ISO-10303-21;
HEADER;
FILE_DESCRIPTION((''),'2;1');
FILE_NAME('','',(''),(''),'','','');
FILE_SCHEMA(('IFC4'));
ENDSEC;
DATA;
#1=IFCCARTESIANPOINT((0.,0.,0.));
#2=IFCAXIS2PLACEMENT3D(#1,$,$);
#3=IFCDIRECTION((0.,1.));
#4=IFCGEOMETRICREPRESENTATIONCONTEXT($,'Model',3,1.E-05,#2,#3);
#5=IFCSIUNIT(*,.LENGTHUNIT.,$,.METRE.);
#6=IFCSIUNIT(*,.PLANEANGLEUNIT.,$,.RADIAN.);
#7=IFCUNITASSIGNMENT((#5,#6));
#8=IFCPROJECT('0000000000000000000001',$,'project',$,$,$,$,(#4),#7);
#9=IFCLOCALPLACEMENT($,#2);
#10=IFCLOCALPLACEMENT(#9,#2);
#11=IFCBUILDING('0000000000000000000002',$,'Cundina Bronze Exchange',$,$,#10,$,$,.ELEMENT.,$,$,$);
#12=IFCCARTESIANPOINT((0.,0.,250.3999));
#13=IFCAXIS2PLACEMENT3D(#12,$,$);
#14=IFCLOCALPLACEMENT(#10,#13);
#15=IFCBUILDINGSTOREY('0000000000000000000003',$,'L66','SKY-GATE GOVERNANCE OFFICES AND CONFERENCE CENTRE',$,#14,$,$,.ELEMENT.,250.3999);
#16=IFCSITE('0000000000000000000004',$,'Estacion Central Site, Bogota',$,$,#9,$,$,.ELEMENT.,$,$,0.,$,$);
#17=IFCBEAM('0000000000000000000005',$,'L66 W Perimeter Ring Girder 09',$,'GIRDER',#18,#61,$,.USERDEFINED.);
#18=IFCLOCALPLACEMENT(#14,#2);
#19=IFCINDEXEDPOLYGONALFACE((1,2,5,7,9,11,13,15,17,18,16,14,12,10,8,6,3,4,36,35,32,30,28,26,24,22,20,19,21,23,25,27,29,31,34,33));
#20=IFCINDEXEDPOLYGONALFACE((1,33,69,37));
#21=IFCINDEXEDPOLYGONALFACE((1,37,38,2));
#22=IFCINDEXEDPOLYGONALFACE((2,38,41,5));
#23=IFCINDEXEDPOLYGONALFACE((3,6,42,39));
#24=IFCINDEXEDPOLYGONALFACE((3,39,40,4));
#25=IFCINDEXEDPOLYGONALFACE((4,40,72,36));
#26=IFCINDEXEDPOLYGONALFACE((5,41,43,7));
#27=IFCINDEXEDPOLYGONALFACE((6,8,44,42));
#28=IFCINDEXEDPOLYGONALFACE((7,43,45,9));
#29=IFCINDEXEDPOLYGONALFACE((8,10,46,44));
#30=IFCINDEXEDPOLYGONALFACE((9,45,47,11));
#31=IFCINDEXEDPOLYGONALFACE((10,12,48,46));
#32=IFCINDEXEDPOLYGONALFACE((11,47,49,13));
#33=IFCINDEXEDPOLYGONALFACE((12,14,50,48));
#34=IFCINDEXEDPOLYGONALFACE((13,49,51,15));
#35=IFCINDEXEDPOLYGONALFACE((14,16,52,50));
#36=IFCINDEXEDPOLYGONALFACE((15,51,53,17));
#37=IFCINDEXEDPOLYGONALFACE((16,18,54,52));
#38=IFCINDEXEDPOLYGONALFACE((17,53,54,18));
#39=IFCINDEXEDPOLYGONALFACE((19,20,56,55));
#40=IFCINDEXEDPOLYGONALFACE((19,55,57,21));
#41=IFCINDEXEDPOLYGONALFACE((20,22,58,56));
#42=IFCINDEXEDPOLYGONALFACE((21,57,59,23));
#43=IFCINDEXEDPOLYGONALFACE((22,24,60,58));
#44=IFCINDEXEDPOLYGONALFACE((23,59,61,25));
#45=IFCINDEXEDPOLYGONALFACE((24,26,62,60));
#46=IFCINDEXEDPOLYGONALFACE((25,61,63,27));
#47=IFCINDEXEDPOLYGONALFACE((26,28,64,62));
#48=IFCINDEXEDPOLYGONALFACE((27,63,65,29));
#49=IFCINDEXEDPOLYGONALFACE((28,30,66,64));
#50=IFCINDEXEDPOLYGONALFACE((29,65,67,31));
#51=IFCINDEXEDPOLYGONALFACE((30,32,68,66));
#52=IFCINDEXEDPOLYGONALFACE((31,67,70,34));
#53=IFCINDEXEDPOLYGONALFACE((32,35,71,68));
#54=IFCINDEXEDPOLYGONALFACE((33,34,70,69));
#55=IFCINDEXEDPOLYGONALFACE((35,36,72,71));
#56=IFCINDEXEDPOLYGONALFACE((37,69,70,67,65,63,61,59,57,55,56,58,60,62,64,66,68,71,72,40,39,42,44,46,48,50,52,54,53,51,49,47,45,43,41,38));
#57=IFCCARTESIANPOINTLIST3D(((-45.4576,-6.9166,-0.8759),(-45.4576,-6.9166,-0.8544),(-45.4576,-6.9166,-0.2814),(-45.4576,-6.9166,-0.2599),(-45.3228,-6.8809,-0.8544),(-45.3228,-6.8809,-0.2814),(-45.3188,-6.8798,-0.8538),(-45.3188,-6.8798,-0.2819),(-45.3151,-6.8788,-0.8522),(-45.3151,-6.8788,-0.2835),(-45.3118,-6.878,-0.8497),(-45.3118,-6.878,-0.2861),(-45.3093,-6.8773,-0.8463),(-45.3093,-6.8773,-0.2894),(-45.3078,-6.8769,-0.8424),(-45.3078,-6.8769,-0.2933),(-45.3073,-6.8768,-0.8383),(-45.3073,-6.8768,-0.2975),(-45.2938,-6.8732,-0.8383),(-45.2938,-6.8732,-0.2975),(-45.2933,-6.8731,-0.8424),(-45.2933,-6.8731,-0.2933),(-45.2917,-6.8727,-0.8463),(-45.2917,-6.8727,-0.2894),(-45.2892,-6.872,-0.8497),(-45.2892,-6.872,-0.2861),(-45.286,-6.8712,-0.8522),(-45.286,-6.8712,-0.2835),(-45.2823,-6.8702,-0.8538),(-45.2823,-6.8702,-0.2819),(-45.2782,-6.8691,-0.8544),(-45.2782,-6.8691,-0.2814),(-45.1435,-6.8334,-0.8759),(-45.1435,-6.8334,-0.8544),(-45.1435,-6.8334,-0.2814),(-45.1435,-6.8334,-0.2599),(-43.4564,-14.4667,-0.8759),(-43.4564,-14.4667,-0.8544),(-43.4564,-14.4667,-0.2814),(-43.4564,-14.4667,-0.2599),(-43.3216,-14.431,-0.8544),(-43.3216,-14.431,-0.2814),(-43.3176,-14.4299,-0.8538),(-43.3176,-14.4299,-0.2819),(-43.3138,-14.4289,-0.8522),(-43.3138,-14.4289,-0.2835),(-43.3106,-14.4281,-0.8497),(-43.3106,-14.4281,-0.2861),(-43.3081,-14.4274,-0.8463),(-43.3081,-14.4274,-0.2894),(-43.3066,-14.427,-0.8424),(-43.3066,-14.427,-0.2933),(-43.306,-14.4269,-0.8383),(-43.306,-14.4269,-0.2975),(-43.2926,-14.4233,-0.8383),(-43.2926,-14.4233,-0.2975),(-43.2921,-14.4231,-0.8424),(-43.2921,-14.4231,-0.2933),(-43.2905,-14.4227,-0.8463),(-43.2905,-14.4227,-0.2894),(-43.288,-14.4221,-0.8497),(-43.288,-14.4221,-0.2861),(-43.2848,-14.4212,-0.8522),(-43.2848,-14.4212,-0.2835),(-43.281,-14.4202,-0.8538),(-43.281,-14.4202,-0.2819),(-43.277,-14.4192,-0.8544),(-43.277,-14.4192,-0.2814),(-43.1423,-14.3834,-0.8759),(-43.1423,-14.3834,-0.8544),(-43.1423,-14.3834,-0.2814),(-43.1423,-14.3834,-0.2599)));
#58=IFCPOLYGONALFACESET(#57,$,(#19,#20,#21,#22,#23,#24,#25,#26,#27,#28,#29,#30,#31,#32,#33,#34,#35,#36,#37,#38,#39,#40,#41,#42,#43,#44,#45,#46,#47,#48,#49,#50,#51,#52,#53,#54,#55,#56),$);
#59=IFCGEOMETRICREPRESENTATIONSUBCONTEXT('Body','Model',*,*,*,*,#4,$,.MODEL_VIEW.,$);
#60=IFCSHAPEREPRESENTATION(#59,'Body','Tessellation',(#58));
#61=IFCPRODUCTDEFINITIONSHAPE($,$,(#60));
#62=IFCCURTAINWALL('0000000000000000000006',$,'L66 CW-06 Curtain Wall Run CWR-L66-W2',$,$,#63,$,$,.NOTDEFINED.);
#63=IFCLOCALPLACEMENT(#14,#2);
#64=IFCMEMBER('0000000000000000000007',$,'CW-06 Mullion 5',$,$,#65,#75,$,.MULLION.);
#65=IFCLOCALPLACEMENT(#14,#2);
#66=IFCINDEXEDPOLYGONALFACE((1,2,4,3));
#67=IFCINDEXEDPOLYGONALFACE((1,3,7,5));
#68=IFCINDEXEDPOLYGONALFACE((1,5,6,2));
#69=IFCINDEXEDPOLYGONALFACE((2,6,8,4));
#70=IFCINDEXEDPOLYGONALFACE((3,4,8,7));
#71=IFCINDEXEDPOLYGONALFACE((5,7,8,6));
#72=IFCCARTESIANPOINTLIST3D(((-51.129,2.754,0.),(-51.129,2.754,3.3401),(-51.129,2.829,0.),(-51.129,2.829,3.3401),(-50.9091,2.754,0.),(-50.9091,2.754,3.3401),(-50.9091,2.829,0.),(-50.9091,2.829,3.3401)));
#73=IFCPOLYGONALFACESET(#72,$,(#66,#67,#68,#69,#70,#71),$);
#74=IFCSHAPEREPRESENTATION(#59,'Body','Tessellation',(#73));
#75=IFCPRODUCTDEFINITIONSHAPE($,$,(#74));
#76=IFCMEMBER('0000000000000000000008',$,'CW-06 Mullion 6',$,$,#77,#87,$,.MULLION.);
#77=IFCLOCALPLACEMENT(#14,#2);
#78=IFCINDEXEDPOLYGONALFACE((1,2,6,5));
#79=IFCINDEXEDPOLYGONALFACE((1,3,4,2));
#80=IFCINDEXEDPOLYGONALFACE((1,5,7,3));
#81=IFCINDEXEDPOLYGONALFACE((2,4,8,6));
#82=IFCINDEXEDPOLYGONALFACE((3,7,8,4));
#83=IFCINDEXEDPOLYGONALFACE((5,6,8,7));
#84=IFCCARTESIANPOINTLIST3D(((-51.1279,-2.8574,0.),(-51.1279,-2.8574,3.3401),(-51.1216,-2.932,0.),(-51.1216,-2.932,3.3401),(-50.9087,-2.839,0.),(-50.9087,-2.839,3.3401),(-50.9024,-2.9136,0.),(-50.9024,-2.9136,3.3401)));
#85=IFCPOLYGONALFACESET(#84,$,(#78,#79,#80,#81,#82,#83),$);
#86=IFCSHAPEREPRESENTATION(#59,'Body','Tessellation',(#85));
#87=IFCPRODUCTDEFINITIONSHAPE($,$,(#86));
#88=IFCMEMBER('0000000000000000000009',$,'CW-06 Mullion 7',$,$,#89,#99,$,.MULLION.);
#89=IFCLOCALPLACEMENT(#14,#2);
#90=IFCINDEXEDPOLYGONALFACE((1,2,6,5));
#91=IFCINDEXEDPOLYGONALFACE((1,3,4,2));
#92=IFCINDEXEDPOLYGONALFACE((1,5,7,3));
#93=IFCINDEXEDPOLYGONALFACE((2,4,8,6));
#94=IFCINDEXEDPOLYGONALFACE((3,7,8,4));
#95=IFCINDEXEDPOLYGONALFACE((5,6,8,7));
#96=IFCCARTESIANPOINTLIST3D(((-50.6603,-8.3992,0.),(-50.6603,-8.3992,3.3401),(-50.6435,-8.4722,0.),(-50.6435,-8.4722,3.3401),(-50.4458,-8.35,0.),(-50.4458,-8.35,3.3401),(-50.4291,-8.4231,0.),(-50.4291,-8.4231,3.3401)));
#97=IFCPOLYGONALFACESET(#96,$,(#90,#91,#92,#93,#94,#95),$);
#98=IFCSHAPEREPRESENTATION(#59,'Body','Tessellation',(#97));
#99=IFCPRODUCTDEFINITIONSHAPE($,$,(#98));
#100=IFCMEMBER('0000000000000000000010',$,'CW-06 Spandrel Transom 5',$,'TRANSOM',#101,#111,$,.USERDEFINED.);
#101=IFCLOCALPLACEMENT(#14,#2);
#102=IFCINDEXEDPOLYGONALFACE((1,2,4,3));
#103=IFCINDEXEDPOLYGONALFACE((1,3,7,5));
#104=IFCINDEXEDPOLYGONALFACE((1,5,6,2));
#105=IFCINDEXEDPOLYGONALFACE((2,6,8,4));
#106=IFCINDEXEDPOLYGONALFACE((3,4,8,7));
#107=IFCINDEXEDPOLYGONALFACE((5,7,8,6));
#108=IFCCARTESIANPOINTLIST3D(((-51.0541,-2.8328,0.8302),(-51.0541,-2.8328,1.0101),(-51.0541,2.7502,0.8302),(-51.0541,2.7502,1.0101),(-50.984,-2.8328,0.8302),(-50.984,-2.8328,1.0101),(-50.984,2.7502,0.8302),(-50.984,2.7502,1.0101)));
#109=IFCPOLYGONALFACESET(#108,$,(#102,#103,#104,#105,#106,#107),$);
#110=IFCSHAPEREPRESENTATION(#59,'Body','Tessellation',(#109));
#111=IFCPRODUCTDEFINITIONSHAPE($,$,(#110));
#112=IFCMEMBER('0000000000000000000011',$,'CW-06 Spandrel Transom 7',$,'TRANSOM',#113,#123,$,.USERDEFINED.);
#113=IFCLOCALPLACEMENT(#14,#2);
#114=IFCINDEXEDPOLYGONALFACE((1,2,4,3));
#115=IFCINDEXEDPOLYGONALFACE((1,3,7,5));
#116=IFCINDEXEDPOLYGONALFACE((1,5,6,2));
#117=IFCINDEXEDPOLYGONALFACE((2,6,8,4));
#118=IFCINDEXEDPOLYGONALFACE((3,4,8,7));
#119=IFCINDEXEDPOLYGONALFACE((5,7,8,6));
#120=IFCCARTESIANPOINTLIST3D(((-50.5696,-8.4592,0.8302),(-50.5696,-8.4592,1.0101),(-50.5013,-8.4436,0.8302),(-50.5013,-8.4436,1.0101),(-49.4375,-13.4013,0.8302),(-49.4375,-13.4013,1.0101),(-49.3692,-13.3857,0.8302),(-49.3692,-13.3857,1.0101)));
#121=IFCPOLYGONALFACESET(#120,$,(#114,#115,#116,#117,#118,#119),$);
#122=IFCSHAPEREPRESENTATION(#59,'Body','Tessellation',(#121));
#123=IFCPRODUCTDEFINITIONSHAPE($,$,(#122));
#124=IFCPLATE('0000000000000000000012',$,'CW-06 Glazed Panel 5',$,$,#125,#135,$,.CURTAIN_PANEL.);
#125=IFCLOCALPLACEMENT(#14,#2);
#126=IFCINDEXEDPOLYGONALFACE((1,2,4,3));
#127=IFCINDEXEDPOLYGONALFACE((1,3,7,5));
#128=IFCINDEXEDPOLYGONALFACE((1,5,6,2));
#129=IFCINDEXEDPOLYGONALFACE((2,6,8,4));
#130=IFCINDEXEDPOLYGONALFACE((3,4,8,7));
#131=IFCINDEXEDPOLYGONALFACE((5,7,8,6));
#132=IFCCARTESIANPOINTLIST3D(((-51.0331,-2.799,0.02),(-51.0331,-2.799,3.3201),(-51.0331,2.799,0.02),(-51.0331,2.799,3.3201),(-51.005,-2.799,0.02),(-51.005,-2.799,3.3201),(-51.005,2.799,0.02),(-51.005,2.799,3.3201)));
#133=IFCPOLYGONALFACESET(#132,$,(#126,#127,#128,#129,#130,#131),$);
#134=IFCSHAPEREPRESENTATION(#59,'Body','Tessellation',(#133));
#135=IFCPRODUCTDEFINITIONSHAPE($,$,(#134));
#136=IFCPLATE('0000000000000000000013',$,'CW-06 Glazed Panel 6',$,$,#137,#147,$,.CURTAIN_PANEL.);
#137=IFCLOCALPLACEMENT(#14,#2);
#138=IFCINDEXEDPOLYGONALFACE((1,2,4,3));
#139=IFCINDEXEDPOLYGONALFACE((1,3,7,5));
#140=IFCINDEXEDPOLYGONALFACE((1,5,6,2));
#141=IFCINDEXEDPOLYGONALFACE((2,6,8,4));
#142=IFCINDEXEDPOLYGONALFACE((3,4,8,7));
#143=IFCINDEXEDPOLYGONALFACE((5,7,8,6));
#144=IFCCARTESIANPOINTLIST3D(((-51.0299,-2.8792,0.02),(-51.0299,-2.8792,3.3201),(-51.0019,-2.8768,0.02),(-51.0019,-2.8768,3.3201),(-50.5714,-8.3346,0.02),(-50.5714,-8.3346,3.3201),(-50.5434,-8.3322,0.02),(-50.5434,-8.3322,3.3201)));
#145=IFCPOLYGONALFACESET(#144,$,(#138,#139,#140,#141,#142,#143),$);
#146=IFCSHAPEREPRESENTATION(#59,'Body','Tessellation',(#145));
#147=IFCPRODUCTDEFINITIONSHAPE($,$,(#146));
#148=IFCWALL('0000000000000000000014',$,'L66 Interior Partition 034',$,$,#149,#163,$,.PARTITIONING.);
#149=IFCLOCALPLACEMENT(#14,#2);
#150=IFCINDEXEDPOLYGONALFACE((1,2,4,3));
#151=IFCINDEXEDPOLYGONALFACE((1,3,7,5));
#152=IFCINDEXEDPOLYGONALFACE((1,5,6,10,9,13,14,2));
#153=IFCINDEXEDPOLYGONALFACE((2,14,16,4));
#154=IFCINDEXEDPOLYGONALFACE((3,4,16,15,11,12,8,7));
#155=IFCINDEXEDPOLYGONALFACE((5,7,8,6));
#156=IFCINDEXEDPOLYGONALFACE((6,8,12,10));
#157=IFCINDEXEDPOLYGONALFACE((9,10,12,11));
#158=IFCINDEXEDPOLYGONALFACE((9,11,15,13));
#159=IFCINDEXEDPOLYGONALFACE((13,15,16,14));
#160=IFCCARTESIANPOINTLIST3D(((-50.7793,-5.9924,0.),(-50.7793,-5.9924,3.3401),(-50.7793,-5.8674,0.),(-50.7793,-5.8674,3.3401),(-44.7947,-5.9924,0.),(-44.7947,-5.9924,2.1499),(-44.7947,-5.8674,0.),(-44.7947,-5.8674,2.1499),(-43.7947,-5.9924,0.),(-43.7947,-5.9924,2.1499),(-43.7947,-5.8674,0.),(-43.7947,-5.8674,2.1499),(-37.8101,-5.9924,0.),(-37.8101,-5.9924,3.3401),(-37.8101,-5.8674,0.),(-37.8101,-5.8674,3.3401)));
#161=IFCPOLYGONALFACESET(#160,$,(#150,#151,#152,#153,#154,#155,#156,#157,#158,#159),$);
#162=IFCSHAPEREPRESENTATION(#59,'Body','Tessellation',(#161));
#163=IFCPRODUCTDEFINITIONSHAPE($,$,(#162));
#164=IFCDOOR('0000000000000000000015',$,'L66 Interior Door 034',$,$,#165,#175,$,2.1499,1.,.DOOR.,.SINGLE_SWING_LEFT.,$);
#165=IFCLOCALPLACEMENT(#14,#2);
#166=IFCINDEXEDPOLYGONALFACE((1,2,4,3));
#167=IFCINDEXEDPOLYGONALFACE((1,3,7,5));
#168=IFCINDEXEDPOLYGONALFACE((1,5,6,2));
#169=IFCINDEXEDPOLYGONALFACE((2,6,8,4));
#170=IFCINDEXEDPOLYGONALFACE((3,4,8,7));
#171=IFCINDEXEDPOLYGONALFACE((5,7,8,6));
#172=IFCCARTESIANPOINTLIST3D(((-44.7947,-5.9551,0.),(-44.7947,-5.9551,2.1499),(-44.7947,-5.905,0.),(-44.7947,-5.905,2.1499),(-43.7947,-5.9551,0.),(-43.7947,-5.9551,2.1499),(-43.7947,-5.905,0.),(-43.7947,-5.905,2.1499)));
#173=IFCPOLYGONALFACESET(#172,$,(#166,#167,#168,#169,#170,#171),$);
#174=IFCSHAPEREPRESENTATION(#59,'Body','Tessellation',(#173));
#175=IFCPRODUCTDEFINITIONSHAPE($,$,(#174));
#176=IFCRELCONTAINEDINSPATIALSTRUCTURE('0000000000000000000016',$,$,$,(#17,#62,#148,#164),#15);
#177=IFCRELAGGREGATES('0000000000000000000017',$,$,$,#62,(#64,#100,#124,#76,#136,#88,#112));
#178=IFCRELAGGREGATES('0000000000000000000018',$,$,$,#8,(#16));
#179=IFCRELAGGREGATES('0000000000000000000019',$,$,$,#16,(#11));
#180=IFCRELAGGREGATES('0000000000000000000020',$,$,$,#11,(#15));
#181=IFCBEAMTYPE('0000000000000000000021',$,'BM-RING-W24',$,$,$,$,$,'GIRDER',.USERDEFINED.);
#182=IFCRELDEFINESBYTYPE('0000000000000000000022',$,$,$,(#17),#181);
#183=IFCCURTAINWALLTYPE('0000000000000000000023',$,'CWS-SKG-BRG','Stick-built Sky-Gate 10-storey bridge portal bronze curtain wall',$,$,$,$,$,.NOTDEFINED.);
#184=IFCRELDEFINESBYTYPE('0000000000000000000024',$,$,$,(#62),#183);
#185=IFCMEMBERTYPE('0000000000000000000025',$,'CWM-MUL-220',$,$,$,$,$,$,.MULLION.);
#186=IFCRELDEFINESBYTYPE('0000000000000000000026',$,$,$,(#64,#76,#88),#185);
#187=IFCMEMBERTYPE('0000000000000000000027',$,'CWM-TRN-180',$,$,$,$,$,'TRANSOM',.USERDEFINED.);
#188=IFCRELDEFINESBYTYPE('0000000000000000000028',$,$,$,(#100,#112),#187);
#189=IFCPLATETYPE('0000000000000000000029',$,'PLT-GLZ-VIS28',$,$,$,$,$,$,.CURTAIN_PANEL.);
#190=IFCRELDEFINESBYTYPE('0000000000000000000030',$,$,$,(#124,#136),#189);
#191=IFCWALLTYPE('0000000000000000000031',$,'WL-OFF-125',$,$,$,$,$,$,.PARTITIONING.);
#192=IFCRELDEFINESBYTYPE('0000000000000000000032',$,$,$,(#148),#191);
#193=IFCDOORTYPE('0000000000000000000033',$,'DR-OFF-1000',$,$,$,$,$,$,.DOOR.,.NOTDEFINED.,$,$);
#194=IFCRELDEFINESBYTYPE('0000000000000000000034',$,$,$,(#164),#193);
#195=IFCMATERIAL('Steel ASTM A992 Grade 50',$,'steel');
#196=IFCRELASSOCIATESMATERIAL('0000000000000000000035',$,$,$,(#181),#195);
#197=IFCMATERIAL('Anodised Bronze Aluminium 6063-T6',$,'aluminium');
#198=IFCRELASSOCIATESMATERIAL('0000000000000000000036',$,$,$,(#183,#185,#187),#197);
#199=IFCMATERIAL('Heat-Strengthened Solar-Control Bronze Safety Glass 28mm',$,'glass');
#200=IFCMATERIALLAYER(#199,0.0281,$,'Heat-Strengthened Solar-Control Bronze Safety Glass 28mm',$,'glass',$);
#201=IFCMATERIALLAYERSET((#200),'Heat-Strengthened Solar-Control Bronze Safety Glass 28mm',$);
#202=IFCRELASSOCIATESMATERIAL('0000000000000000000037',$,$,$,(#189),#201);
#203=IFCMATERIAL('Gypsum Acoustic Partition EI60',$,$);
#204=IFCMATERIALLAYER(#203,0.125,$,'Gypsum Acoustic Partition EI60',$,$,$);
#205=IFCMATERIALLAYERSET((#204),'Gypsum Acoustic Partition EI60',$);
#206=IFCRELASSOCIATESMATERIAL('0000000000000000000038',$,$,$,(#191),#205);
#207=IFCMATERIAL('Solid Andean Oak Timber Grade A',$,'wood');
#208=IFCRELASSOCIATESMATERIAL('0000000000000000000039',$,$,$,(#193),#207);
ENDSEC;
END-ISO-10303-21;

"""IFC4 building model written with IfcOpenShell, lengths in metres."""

from ifc_helpers import new_model, si_unit, direction, frame, frame_2d, origin, origin_2d, place, context, subcontext, project, spatial, rectangle, i_section, extrude, material, layer, layer_set, material_profile, profile_set, type_object, element, fill, aggregate, save


model = new_model("IFC4")

# Units and contexts
model_context = context("Model", 3, precision=1e-05, world=origin(), true_north=direction((0.0, 1.0)))
body_context = subcontext(model_context, "Body", "Model", "MODEL_VIEW")
ifc_project = project(units=[si_unit("LENGTHUNIT", "METRE"), si_unit("PLANEANGLEUNIT", "RADIAN")], contexts=[model_context])

# Site, building, storey
site_placement = place(None, origin())
site = spatial("IfcSite", under=ifc_project, at=site_placement, Name="Estacion Central Site, Bogota", CompositionType="ELEMENT", RefElevation=0.0)
building_placement = place(site_placement, origin())
building = spatial("IfcBuilding", under=site, at=building_placement, Name="Cundina Bronze Exchange", CompositionType="ELEMENT")
storey_placement = place(building_placement, frame((0.0, 0.0, 250.3999)))
storey = spatial("IfcBuildingStorey", under=building, at=storey_placement, Name="L66", Description="SKY-GATE GOVERNANCE OFFICES AND CONFERENCE CENTRE", CompositionType="ELEMENT", Elevation=250.3999)

# Beam
ifc_material_1 = material(Name="Steel ASTM A992 Grade 50", Category="steel")
ifc_material_profile_1 = material_profile(ifc_material_1, i_section(OverallWidth=0.325, OverallDepth=0.616, WebThickness=0.0139, FlangeThickness=0.0215, FilletRadius=0.0161, at=origin_2d()), Name="W24X117", Category="steel")
ifc_profile_set_1 = profile_set([ifc_material_profile_1], Name="Steel ASTM A992 Grade 50")
beam_type_1 = type_object("IfcBeamType", Name="BM-RING-W24", ElementType="GIRDER", PredefinedType="USERDEFINED", material=ifc_profile_set_1)
for number, where, z_axis, x_axis, name in (
    (1, (-45.3005, -6.875, -0.5679), (0.256213, -0.96662, 0.0), (0.96662, 0.256213, 0.0), "L66 W Perimeter Ring Girder 09"),
):
    element("IfcBeam", number, at=place(storey_placement, frame(where, z_axis=z_axis, x_axis=x_axis)), inside=storey, type_object=beam_type_1, Name=name, ObjectType="GIRDER", PredefinedType="USERDEFINED", context=body_context, shape_type="SweptSolid", body=[
        extrude(i_section(OverallWidth=0.325, OverallDepth=0.616, WebThickness=0.0139, FlangeThickness=0.0215, FilletRadius=0.0161, at=origin_2d()), origin(), (0.0, 0.0, 1.0), 7.8108),
    ])

# Curtain wall, members, plates
ifc_material_2 = material(Name="Anodised Bronze Aluminium 6063-T6", Category="aluminium")
curtain_wall_type = type_object("IfcCurtainWallType", Name="CWS-SKG-BRG", Description="Stick-built Sky-Gate 10-storey bridge portal bronze curtain wall", PredefinedType="NOTDEFINED", material=ifc_material_2)
curtain_wall_placement = place(storey_placement, origin())
curtain_wall = element("IfcCurtainWall", 2, at=curtain_wall_placement, inside=storey, type_object=curtain_wall_type, Name="L66 CW-06 Curtain Wall Run CWR-L66-W2", PredefinedType="NOTDEFINED")
ifc_material_profile_2 = material_profile(ifc_material_2, rectangle(XDim=0.075, YDim=0.22, at=origin_2d()), Name="AL75X220", Category="aluminium")
ifc_profile_set_2 = profile_set([ifc_material_profile_2], Name="Anodised Bronze Aluminium 6063-T6")
member_type_1 = type_object("IfcMemberType", Name="CWM-MUL-220", PredefinedType="MULLION", material=ifc_profile_set_2)
member_1_placement = place(storey_placement, frame((-51.019, 2.7915, 0.0), z_axis=(0.0, 0.0, 1.0), x_axis=(0.0, -1.0, 0.0)))
member_1 = element("IfcMember", 3, at=member_1_placement, type_object=member_type_1, Name="CW-06 Mullion 5", PredefinedType="MULLION", context=body_context, shape_type="SweptSolid", body=[
    extrude(rectangle(XDim=0.075, YDim=0.22, at=origin_2d()), origin(), (0.0, 0.0, 1.0), 3.3401),
])
member_2_placement = place(storey_placement, frame((-51.0151, -2.8855, 0.0), z_axis=(0.0, 0.0, 1.0), x_axis=(0.083678, -0.996493, 0.0)))
member_2 = element("IfcMember", 4, at=member_2_placement, type_object=member_type_1, Name="CW-06 Mullion 6", PredefinedType="MULLION", context=body_context, shape_type="SweptSolid", body=[
    extrude(rectangle(XDim=0.075, YDim=0.22, at=origin_2d()), origin(), (0.0, 0.0, 1.0), 3.3401),
])
member_3_placement = place(storey_placement, frame((-50.5447, -8.4111, 0.0), z_axis=(0.0, 0.0, 1.0), x_axis=(0.22325, -0.974761, 0.0)))
member_3 = element("IfcMember", 5, at=member_3_placement, type_object=member_type_1, Name="CW-06 Mullion 7", PredefinedType="MULLION", context=body_context, shape_type="SweptSolid", body=[
    extrude(rectangle(XDim=0.075, YDim=0.22, at=origin_2d()), origin(), (0.0, 0.0, 1.0), 3.3401),
])
ifc_material_profile_3 = material_profile(ifc_material_2, rectangle(XDim=0.0701, YDim=0.1799, at=origin_2d()), Name="AL70X180", Category="aluminium")
ifc_profile_set_3 = profile_set([ifc_material_profile_3], Name="Anodised Bronze Aluminium 6063-T6")
member_type_2 = type_object("IfcMemberType", Name="CWM-TRN-180", ElementType="TRANSOM", PredefinedType="USERDEFINED", material=ifc_profile_set_3)
member_4_placement = place(storey_placement, frame((-51.019, 2.7502, 0.9202), z_axis=(0.0, -1.0, 0.0), x_axis=(1.0, 0.0, 0.0)))
member_4 = element("IfcMember", 6, at=member_4_placement, type_object=member_type_2, Name="CW-06 Spandrel Transom 5", ObjectType="TRANSOM", PredefinedType="USERDEFINED", context=body_context, shape_type="SweptSolid", body=[
    extrude(rectangle(XDim=0.0701, YDim=0.1799, at=origin_2d()), origin(), (0.0, 0.0, 1.0), 5.583),
])
member_5_placement = place(storey_placement, frame((-50.5354, -8.4514, 0.9202), z_axis=(0.223284, -0.974754, 0.0), x_axis=(0.974754, 0.223284, 0.0)))
member_5 = element("IfcMember", 7, at=member_5_placement, type_object=member_type_2, Name="CW-06 Spandrel Transom 7", ObjectType="TRANSOM", PredefinedType="USERDEFINED", context=body_context, shape_type="SweptSolid", body=[
    extrude(rectangle(XDim=0.0701, YDim=0.1799, at=origin_2d()), origin(), (0.0, 0.0, 1.0), 5.0701),
])
ifc_material_3 = material(Name="Heat-Strengthened Solar-Control Bronze Safety Glass 28mm", Category="glass")
ifc_layer_1 = layer(ifc_material_3, 0.0281, Name="Heat-Strengthened Solar-Control Bronze Safety Glass 28mm", Category="glass")
ifc_layer_set_1 = layer_set([ifc_layer_1], Name="Heat-Strengthened Solar-Control Bronze Safety Glass 28mm")
plate_type = type_object("IfcPlateType", Name="PLT-GLZ-VIS28", PredefinedType="CURTAIN_PANEL", material=ifc_layer_set_1)
plate_1_placement = place(storey_placement, frame((-51.019, 0.0, 0.02), z_axis=(0.0, 0.0, 1.0), x_axis=(0.0, -1.0, 0.0)))
plate_1 = element("IfcPlate", 8, at=plate_1_placement, type_object=plate_type, Name="CW-06 Glazed Panel 5", PredefinedType="CURTAIN_PANEL", context=body_context, shape_type="SweptSolid", body=[
    extrude(rectangle(XDim=5.5979, YDim=0.0281, at=origin_2d()), origin(), (0.0, 0.0, 1.0), 3.3),
])
plate_2_placement = place(storey_placement, frame((-50.7866, -5.6057, 0.02), z_axis=(0.0, 0.0, 1.0), x_axis=(0.083747, -0.996487, 0.0)))
plate_2 = element("IfcPlate", 9, at=plate_2_placement, type_object=plate_type, Name="CW-06 Glazed Panel 6", PredefinedType="CURTAIN_PANEL", context=body_context, shape_type="SweptSolid", body=[
    extrude(rectangle(XDim=5.4746, YDim=0.0281, at=origin_2d()), origin(), (0.0, 0.0, 1.0), 3.3),
])
aggregate(curtain_wall, [member_1, member_4, plate_1, member_2, plate_2, member_3, member_5])

# Wall, opening, door
ifc_material_4 = material(Name="Gypsum Acoustic Partition EI60")
ifc_layer_2 = layer(ifc_material_4, 0.125, Name="Gypsum Acoustic Partition EI60")
ifc_layer_set_2 = layer_set([ifc_layer_2], Name="Gypsum Acoustic Partition EI60")
wall_type = type_object("IfcWallType", Name="WL-OFF-125", PredefinedType="PARTITIONING", material=ifc_layer_set_2)
wall_placement = place(storey_placement, frame((-50.7793, -5.9299, 0.0), z_axis=(0.0, 0.0, 1.0), x_axis=(1.0, 0.0, 0.0)))
wall = element("IfcWall", 10, at=wall_placement, inside=storey, type_object=wall_type, Name="L66 Interior Partition 034", PredefinedType="PARTITIONING", context=body_context, shape_type="SweptSolid", body=[
    extrude(rectangle(XDim=12.9692, YDim=0.125, at=frame_2d((6.4846, 0.0))), origin(), (0.0, 0.0, 1.0), 3.3401),
])
opening_placement = place(wall_placement, frame((5.9846, 0.0, 0.0)))
opening = element("IfcOpeningElement", 11, at=opening_placement, cuts=wall, PredefinedType="OPENING", context=body_context, shape_type="SweptSolid", body=[
    extrude(rectangle(XDim=1.0, YDim=2.1499, at=frame_2d((0.5, 1.075))), frame((0.0, 0.0725, 0.0), z_axis=(0.0, -1.0, 0.0), x_axis=(1.0, 0.0, 0.0)), (0.0, 0.0, 1.0), 0.145),
])
ifc_material_5 = material(Name="Solid Andean Oak Timber Grade A", Category="wood")
door_type = type_object("IfcDoorType", Name="DR-OFF-1000", OperationType="NOTDEFINED", PredefinedType="DOOR", material=ifc_material_5)
door_placement = place(opening_placement, origin())
door = element("IfcDoor", 12, at=door_placement, inside=storey, type_object=door_type, Name="L66 Interior Door 034", OperationType="SINGLE_SWING_LEFT", OverallHeight=2.1499, OverallWidth=1.0, PredefinedType="DOOR", context=body_context, shape_type="SweptSolid", body=[
    extrude(rectangle(XDim=1.0, YDim=2.1499, at=frame_2d((0.5, 1.075))), frame((0.0, 0.0249, 0.0), z_axis=(0.0, -1.0, 0.0), x_axis=(1.0, 0.0, 0.0)), (0.0, 0.0, 1.0), 0.05),
])
fill(opening, door)

save(model, "model.ifc")
